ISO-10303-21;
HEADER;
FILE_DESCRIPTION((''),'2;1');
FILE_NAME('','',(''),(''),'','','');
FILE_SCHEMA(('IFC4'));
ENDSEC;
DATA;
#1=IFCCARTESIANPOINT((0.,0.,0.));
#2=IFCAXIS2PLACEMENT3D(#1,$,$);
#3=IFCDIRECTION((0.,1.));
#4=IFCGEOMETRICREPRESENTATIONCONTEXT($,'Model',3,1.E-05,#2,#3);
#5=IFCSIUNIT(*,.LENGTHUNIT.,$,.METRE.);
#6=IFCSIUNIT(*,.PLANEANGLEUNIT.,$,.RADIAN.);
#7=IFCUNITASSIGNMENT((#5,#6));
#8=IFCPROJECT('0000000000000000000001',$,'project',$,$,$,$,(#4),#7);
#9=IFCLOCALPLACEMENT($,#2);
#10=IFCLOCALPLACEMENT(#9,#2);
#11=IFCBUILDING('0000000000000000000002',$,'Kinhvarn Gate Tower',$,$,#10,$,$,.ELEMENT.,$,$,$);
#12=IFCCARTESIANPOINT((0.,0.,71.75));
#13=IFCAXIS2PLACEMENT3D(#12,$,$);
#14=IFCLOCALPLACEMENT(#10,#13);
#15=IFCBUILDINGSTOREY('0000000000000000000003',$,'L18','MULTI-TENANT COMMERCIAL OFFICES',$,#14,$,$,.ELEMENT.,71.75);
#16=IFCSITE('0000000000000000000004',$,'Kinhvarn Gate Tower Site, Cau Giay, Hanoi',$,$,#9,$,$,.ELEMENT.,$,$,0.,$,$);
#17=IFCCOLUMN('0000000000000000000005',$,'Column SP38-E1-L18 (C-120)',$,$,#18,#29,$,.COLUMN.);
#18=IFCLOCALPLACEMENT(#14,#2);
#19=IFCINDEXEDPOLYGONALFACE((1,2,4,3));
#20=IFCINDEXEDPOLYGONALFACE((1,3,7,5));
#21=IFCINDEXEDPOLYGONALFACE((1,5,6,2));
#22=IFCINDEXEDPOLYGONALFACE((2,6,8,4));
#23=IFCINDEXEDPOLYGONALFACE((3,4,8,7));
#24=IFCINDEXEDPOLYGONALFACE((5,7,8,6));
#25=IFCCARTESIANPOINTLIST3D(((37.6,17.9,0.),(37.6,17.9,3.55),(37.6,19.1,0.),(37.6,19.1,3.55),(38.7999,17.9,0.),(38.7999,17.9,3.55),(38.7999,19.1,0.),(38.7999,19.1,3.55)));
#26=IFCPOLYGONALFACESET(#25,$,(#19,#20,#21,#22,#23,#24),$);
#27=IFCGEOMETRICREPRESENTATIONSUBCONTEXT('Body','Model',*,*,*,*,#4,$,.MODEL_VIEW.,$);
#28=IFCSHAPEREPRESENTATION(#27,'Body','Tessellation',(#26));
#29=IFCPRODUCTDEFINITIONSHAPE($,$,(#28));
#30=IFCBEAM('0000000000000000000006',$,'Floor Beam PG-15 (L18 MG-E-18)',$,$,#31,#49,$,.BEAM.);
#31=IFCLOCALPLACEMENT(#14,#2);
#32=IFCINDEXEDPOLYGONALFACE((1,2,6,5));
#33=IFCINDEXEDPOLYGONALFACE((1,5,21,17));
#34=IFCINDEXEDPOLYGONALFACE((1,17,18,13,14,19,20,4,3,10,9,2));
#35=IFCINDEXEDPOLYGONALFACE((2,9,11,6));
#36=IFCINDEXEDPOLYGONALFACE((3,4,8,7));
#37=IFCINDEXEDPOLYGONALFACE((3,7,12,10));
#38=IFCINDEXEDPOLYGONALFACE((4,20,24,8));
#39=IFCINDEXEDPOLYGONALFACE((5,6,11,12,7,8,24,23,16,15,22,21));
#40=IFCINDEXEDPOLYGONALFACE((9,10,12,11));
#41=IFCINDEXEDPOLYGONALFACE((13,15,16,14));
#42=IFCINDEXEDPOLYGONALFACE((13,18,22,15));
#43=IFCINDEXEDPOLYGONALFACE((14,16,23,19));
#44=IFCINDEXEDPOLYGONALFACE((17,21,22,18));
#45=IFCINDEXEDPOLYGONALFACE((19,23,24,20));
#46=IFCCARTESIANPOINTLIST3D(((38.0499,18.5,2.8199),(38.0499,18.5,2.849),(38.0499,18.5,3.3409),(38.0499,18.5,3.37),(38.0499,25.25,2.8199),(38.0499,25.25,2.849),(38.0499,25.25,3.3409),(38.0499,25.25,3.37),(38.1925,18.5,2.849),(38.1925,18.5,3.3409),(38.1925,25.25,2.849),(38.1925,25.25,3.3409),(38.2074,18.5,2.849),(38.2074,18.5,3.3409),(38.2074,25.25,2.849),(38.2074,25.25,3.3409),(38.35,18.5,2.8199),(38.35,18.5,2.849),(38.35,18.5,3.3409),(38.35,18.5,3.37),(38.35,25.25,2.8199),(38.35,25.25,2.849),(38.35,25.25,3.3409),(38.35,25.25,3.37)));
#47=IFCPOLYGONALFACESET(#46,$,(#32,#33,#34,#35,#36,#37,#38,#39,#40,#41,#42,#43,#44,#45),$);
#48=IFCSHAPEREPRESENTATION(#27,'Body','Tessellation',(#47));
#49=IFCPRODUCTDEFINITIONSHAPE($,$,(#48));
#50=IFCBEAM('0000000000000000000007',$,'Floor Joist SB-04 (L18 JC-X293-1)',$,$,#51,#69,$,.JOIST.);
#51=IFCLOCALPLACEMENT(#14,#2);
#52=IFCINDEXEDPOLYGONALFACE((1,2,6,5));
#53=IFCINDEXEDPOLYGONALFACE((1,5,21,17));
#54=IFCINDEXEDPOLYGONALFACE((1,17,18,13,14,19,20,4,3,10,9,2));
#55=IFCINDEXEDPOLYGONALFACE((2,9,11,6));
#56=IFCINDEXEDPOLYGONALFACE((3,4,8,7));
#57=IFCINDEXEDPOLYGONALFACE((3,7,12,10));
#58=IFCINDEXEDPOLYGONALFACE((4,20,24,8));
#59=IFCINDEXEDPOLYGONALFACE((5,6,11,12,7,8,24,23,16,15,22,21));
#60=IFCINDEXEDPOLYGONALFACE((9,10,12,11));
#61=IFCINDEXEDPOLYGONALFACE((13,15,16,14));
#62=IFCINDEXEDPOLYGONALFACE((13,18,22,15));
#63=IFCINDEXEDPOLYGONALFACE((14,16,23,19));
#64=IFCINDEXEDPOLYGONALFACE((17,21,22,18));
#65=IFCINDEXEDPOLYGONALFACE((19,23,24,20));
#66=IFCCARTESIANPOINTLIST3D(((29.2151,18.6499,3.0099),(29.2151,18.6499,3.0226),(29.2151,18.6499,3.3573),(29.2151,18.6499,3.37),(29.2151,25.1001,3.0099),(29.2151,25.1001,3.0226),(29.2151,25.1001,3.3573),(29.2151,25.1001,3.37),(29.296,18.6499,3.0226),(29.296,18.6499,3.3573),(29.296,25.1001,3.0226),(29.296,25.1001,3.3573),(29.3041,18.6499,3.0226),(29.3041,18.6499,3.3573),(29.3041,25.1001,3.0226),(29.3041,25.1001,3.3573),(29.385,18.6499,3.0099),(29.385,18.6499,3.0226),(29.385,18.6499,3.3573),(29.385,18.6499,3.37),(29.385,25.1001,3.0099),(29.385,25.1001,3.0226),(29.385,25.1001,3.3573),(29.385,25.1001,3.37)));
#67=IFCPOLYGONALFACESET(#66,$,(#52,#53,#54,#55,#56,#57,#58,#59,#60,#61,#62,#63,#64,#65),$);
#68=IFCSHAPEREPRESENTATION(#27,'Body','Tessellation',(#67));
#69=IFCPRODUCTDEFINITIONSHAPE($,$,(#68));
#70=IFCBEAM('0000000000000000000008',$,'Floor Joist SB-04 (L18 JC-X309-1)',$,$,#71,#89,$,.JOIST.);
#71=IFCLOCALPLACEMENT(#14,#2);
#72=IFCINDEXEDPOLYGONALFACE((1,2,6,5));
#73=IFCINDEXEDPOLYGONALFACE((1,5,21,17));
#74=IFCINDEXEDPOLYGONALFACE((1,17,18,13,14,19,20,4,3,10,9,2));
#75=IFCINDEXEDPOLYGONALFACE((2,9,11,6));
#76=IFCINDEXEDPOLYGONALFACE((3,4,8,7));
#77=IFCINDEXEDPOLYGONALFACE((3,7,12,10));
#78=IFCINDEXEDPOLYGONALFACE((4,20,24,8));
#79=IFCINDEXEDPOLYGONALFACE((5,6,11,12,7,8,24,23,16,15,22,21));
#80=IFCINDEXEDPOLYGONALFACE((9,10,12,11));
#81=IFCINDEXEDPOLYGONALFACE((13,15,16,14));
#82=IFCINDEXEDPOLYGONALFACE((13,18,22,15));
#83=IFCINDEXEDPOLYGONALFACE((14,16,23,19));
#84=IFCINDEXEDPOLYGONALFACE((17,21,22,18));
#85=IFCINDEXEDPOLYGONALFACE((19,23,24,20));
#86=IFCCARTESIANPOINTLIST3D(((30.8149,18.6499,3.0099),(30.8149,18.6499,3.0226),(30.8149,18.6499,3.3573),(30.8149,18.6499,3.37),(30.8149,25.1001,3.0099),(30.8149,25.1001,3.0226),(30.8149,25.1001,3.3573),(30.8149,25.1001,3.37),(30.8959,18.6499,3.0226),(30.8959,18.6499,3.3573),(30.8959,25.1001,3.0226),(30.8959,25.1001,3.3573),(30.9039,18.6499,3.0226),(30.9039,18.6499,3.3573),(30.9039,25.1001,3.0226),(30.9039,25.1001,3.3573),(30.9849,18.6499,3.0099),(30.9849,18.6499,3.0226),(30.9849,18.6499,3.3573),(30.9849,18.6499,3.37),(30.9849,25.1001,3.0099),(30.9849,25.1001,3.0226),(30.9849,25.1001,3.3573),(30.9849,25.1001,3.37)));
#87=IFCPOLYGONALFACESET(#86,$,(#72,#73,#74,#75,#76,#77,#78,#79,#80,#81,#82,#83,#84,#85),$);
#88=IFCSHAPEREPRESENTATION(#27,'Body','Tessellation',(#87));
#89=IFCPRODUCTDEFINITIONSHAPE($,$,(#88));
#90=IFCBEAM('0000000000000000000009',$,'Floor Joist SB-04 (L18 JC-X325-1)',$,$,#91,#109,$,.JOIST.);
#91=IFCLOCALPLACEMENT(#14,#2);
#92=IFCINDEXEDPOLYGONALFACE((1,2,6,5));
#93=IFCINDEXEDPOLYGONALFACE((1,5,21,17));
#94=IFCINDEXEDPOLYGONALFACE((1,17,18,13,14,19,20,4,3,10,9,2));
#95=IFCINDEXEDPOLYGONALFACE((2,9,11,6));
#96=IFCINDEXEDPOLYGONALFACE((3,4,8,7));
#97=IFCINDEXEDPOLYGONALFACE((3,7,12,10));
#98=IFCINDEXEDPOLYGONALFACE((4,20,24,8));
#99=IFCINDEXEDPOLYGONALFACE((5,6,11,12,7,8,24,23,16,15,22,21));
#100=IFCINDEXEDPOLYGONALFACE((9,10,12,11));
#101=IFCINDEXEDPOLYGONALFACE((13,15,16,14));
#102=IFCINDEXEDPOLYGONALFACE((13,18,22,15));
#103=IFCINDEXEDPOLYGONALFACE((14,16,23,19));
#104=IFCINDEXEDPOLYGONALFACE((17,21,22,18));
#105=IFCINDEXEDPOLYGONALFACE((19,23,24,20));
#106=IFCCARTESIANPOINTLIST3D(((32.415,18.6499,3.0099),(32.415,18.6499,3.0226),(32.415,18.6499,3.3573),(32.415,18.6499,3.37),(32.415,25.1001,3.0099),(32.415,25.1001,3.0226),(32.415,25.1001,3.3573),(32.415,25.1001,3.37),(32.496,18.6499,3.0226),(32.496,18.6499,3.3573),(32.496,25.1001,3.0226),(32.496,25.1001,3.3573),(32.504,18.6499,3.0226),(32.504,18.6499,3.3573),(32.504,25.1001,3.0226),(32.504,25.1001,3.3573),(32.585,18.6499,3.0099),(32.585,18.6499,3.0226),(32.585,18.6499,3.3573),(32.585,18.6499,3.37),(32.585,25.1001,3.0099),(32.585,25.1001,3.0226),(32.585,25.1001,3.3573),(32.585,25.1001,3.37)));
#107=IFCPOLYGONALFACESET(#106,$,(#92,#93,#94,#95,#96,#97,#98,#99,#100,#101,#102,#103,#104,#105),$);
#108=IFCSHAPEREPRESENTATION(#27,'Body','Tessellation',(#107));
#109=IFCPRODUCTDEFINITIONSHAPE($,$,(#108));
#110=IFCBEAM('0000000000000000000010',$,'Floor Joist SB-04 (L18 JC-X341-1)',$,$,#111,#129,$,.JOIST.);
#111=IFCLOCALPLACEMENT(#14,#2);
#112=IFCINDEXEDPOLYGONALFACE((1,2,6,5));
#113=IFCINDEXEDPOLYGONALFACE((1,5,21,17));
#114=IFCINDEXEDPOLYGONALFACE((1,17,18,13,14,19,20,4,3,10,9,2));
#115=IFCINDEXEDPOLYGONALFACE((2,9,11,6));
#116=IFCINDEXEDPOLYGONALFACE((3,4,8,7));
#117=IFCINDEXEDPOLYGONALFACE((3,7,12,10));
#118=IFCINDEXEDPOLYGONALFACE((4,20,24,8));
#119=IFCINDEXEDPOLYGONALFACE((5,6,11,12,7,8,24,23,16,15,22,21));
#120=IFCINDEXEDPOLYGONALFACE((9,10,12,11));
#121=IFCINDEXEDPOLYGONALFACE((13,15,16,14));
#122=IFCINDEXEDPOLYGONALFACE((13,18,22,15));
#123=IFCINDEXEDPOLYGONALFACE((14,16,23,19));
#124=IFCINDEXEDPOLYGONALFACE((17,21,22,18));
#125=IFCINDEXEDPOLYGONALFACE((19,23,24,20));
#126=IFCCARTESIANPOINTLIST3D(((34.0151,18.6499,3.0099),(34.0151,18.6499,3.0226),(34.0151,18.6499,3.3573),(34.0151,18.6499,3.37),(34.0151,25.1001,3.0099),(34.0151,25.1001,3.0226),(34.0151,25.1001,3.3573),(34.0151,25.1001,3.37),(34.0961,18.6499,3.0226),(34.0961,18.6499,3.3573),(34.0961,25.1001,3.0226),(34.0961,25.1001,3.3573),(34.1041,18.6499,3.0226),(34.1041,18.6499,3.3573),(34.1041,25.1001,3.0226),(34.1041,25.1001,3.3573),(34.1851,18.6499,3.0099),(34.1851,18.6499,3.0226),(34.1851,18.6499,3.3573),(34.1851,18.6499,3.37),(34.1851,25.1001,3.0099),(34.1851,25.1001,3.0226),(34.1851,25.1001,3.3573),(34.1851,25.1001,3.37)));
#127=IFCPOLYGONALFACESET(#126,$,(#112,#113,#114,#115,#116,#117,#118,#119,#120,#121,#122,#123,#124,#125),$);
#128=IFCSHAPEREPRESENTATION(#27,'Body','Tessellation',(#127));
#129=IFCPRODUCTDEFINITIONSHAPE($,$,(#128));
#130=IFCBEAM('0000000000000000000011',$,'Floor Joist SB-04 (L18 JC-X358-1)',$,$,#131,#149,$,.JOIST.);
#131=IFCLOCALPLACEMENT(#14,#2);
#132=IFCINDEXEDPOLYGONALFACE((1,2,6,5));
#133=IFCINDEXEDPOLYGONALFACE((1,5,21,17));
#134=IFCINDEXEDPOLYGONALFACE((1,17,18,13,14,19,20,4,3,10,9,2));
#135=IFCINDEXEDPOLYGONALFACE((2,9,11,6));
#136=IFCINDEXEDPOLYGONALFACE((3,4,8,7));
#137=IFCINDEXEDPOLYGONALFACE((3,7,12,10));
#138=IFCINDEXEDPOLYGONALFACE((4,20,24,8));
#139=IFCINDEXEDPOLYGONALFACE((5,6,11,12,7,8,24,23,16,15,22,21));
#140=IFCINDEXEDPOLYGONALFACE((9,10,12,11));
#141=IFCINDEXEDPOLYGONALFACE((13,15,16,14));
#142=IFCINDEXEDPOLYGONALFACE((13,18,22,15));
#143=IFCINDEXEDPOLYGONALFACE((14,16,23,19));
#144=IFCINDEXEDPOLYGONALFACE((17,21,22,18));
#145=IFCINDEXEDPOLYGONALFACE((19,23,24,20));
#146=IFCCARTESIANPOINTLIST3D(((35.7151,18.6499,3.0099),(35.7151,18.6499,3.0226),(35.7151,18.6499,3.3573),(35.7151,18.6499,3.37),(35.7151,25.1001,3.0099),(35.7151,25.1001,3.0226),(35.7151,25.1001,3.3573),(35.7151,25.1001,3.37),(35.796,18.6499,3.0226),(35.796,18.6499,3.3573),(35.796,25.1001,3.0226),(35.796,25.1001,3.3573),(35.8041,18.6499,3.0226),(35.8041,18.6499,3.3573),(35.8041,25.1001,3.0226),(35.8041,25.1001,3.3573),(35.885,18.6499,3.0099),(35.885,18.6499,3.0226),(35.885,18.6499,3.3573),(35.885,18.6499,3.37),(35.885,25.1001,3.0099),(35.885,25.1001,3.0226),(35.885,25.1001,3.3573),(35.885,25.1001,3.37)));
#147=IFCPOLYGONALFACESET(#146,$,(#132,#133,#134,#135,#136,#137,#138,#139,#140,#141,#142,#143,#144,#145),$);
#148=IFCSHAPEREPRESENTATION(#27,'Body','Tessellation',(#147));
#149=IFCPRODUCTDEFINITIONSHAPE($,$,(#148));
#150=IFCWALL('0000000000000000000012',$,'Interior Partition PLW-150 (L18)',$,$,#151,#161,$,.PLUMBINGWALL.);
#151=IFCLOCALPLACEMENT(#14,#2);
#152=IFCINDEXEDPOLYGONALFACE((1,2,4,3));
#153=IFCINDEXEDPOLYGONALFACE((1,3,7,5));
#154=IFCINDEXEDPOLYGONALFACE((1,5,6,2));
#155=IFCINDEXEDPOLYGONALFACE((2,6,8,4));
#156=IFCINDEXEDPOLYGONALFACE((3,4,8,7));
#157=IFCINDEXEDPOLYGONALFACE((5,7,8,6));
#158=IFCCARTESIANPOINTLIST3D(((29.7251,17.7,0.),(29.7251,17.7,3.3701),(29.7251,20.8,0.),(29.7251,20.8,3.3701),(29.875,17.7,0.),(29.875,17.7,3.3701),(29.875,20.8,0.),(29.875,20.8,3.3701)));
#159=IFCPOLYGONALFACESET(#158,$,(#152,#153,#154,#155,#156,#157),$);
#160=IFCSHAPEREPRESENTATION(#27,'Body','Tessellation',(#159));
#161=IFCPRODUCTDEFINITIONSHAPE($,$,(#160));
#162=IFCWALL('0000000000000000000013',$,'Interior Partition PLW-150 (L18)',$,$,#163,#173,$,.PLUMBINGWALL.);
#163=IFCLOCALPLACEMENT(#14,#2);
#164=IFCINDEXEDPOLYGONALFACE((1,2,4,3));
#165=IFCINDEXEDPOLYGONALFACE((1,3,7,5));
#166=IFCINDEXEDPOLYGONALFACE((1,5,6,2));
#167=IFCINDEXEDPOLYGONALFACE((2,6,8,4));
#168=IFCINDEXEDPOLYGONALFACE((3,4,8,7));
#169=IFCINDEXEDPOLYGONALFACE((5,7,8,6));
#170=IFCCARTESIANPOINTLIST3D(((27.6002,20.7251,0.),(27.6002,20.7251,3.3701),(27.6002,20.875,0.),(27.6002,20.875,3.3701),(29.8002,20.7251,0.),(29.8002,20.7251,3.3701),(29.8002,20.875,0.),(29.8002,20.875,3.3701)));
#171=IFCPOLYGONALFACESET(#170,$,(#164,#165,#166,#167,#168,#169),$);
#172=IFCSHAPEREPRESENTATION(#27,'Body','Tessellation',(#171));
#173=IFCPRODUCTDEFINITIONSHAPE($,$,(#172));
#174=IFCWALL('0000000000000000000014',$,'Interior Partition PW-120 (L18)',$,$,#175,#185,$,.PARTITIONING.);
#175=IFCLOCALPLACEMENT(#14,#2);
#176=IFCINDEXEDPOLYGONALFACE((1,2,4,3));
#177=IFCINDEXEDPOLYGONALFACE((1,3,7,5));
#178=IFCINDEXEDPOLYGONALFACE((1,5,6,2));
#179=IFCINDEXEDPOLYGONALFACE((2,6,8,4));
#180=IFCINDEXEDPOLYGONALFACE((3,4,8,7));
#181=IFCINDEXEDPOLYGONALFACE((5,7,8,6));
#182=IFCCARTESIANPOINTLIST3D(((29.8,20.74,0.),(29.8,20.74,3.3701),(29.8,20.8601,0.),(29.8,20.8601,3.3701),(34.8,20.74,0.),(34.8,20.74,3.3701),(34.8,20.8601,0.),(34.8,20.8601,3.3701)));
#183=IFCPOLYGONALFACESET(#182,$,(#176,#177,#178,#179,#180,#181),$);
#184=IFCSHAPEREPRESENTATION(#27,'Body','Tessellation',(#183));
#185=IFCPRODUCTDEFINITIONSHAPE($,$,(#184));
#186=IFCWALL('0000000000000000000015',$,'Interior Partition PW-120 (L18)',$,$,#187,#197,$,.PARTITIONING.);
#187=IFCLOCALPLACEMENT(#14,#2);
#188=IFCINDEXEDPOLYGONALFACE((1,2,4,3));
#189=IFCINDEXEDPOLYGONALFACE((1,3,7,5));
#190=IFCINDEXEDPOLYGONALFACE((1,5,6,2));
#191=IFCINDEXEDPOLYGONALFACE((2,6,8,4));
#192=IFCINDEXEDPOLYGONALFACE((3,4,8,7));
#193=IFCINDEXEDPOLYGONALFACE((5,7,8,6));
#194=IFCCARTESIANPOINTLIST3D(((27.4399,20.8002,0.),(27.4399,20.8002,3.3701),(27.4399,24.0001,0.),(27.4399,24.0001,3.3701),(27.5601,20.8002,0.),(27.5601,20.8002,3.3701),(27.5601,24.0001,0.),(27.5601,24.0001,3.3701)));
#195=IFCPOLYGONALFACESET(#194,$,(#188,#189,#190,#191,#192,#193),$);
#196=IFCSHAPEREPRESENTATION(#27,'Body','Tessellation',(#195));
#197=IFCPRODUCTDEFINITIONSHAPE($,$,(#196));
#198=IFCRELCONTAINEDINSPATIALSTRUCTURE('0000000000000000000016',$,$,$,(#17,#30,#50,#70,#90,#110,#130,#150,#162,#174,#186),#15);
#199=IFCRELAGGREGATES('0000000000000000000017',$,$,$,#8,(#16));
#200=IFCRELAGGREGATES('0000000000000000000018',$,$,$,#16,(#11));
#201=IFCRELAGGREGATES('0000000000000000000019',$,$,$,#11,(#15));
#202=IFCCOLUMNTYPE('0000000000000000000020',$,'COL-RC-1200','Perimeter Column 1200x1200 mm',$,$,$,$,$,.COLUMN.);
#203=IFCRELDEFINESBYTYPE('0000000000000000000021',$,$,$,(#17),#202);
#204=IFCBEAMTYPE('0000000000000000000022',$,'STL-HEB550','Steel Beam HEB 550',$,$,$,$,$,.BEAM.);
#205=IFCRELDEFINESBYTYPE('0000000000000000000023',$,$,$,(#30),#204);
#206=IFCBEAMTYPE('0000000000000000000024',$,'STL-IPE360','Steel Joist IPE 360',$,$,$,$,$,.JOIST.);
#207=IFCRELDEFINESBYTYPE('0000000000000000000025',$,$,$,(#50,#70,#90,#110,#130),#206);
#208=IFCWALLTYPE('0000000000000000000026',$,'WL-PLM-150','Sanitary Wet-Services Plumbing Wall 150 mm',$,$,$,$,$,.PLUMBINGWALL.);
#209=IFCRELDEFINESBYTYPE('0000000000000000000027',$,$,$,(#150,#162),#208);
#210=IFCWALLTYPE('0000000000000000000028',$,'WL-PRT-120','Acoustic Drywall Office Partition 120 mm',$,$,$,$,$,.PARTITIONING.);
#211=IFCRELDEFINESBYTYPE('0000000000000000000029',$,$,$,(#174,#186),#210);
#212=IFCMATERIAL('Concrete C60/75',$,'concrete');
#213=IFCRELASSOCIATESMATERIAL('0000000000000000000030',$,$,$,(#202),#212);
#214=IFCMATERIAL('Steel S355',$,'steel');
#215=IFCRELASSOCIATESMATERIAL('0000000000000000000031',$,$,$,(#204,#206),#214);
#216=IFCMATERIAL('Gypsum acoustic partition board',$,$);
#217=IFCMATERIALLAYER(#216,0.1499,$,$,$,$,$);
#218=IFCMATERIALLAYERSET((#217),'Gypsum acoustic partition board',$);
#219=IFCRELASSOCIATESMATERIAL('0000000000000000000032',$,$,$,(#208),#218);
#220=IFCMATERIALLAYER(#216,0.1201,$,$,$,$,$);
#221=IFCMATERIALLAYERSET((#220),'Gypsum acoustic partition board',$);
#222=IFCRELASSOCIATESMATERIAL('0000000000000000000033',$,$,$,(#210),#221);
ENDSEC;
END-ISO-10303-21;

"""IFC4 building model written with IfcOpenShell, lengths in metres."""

from ifc_helpers import new_model, si_unit, direction, frame, frame_2d, origin, origin_2d, place, context, subcontext, project, spatial, rectangle, i_section, extrude, material, layer, layer_set, material_profile, profile_set, type_object, element, save


model = new_model("IFC4")

# Units and contexts
model_context = context("Model", 3, precision=1e-05, world=origin(), true_north=direction((0.0, 1.0)))
body_context = subcontext(model_context, "Body", "Model", "MODEL_VIEW")
ifc_project = project(units=[si_unit("LENGTHUNIT", "METRE"), si_unit("PLANEANGLEUNIT", "RADIAN")], contexts=[model_context])

# Site, building, storey
site_placement = place(None, origin())
site = spatial("IfcSite", under=ifc_project, at=site_placement, Name="Kinhvarn Gate Tower Site, Cau Giay, Hanoi", CompositionType="ELEMENT", RefElevation=0.0)
building_placement = place(site_placement, origin())
building = spatial("IfcBuilding", under=site, at=building_placement, Name="Kinhvarn Gate Tower", CompositionType="ELEMENT")
storey_placement = place(building_placement, frame((0.0, 0.0, 71.75)))
storey = spatial("IfcBuildingStorey", under=building, at=storey_placement, Name="L18", Description="MULTI-TENANT COMMERCIAL OFFICES", CompositionType="ELEMENT", Elevation=71.75)

# Column
ifc_material_1 = material(Name="Concrete C60/75", Category="concrete")
ifc_material_profile_1 = material_profile(ifc_material_1, rectangle(XDim=1.2, YDim=1.2, at=origin_2d()), Name="RC 1200x1200")
ifc_profile_set_1 = profile_set([ifc_material_profile_1], Name="Concrete C60/75")
column_type = type_object("IfcColumnType", Name="COL-RC-1200", Description="Perimeter Column 1200x1200 mm", PredefinedType="COLUMN", material=ifc_profile_set_1)
column_placement = place(storey_placement, frame((38.2, 18.5, 0.0), z_axis=(0.0, 0.0, 1.0), x_axis=(1.0, 0.0, 0.0)))
element("IfcColumn", 1, at=column_placement, inside=storey, type_object=column_type, Name="Column SP38-E1-L18 (C-120)", PredefinedType="COLUMN", context=body_context, shape_type="SweptSolid", body=[
    extrude(rectangle(XDim=1.2, YDim=1.2, at=origin_2d()), origin(), (0.0, 0.0, 1.0), 3.55),
])

# Beams
ifc_material_2 = material(Name="Steel S355", Category="steel")
ifc_material_profile_2 = material_profile(ifc_material_2, i_section(OverallWidth=0.3, OverallDepth=0.55, WebThickness=0.0149, FlangeThickness=0.0291, at=origin_2d()), Name="HEB 550")
ifc_profile_set_2 = profile_set([ifc_material_profile_2], Name="Steel S355")
beam_type_1 = type_object("IfcBeamType", Name="STL-HEB550", Description="Steel Beam HEB 550", PredefinedType="BEAM", material=ifc_profile_set_2)
beam_placement = place(storey_placement, frame((38.2, 18.5, 3.095), z_axis=(0.0, 1.0, 0.0), x_axis=(-1.0, 0.0, 0.0)))
element("IfcBeam", 2, at=beam_placement, inside=storey, type_object=beam_type_1, Name="Floor Beam PG-15 (L18 MG-E-18)", PredefinedType="BEAM", context=body_context, shape_type="SweptSolid", body=[
    extrude(i_section(OverallWidth=0.3, OverallDepth=0.55, WebThickness=0.0149, FlangeThickness=0.0291, at=origin_2d()), origin(), (0.0, 0.0, 1.0), 6.75),
])
ifc_material_profile_3 = material_profile(ifc_material_2, i_section(OverallWidth=0.1699, OverallDepth=0.3601, WebThickness=0.0081, FlangeThickness=0.0127, at=origin_2d()), Name="IPE 360")
ifc_profile_set_3 = profile_set([ifc_material_profile_3], Name="Steel S355")
beam_type_2 = type_object("IfcBeamType", Name="STL-IPE360", Description="Steel Joist IPE 360", PredefinedType="JOIST", material=ifc_profile_set_3)
for number, where, z_axis, x_axis, name in (
    (3, (29.3, 18.6499, 3.1899), (0.0, 1.0, 0.0), (-1.0, 0.0, 0.0), "Floor Joist SB-04 (L18 JC-X293-1)"),
    (4, (30.8999, 18.6499, 3.1899), (0.0, 1.0, 0.0), (-1.0, 0.0, 0.0), "Floor Joist SB-04 (L18 JC-X309-1)"),
    (5, (32.5, 18.6499, 3.1899), (0.0, 1.0, 0.0), (-1.0, 0.0, 0.0), "Floor Joist SB-04 (L18 JC-X325-1)"),
    (6, (34.1001, 18.6499, 3.1899), (0.0, 1.0, 0.0), (-1.0, 0.0, 0.0), "Floor Joist SB-04 (L18 JC-X341-1)"),
    (7, (35.8, 18.6499, 3.1899), (0.0, 1.0, 0.0), (-1.0, 0.0, 0.0), "Floor Joist SB-04 (L18 JC-X358-1)"),
):
    element("IfcBeam", number, at=place(storey_placement, frame(where, z_axis=z_axis, x_axis=x_axis)), inside=storey, type_object=beam_type_2, Name=name, PredefinedType="JOIST", context=body_context, shape_type="SweptSolid", body=[
        extrude(i_section(OverallWidth=0.1699, OverallDepth=0.3601, WebThickness=0.0081, FlangeThickness=0.0127, at=origin_2d()), origin(), (0.0, 0.0, 1.0), 6.4502),
    ])

# Walls
ifc_material_3 = material(Name="Gypsum acoustic partition board")
ifc_layer_1 = layer(ifc_material_3, 0.1499)
ifc_layer_set_1 = layer_set([ifc_layer_1], Name="Gypsum acoustic partition board")
wall_type_1 = type_object("IfcWallType", Name="WL-PLM-150", Description="Sanitary Wet-Services Plumbing Wall 150 mm", PredefinedType="PLUMBINGWALL", material=ifc_layer_set_1)
wall_1_placement = place(storey_placement, frame((29.8, 17.7, 0.0), z_axis=(0.0, 0.0, 1.0), x_axis=(0.0, 1.0, 0.0)))
element("IfcWall", 8, at=wall_1_placement, inside=storey, type_object=wall_type_1, Name="Interior Partition PLW-150 (L18)", PredefinedType="PLUMBINGWALL", context=body_context, shape_type="SweptSolid", body=[
    extrude(rectangle(XDim=3.1001, YDim=0.1499, at=frame_2d((1.55, 0.0))), origin(), (0.0, 0.0, 1.0), 3.3701),
])
wall_2_placement = place(storey_placement, frame((27.6001, 20.8, 0.0), z_axis=(0.0, 0.0, 1.0), x_axis=(1.0, 0.0, 0.0)))
element("IfcWall", 9, at=wall_2_placement, inside=storey, type_object=wall_type_1, Name="Interior Partition PLW-150 (L18)", PredefinedType="PLUMBINGWALL", context=body_context, shape_type="SweptSolid", body=[
    extrude(rectangle(XDim=2.2, YDim=0.1499, at=frame_2d((1.1001, 0.0))), origin(), (0.0, 0.0, 1.0), 3.3701),
])
ifc_layer_2 = layer(ifc_material_3, 0.1201)
ifc_layer_set_2 = layer_set([ifc_layer_2], Name="Gypsum acoustic partition board")
wall_type_2 = type_object("IfcWallType", Name="WL-PRT-120", Description="Acoustic Drywall Office Partition 120 mm", PredefinedType="PARTITIONING", material=ifc_layer_set_2)
wall_3_placement = place(storey_placement, frame((29.8, 20.8, 0.0), z_axis=(0.0, 0.0, 1.0), x_axis=(1.0, 0.0, 0.0)))
element("IfcWall", 10, at=wall_3_placement, inside=storey, type_object=wall_type_2, Name="Interior Partition PW-120 (L18)", PredefinedType="PARTITIONING", context=body_context, shape_type="SweptSolid", body=[
    extrude(rectangle(XDim=5.0, YDim=0.1201, at=frame_2d((2.5, 0.0))), origin(), (0.0, 0.0, 1.0), 3.3701),
])
wall_4_placement = place(storey_placement, frame((27.5, 20.8, 0.0), z_axis=(0.0, 0.0, 1.0), x_axis=(0.0, 1.0, 0.0)))
element("IfcWall", 11, at=wall_4_placement, inside=storey, type_object=wall_type_2, Name="Interior Partition PW-120 (L18)", PredefinedType="PARTITIONING", context=body_context, shape_type="SweptSolid", body=[
    extrude(rectangle(XDim=3.2, YDim=0.1201, at=frame_2d((1.6001, 0.0))), origin(), (0.0, 0.0, 1.0), 3.3701),
])

save(model, "model.ifc")
